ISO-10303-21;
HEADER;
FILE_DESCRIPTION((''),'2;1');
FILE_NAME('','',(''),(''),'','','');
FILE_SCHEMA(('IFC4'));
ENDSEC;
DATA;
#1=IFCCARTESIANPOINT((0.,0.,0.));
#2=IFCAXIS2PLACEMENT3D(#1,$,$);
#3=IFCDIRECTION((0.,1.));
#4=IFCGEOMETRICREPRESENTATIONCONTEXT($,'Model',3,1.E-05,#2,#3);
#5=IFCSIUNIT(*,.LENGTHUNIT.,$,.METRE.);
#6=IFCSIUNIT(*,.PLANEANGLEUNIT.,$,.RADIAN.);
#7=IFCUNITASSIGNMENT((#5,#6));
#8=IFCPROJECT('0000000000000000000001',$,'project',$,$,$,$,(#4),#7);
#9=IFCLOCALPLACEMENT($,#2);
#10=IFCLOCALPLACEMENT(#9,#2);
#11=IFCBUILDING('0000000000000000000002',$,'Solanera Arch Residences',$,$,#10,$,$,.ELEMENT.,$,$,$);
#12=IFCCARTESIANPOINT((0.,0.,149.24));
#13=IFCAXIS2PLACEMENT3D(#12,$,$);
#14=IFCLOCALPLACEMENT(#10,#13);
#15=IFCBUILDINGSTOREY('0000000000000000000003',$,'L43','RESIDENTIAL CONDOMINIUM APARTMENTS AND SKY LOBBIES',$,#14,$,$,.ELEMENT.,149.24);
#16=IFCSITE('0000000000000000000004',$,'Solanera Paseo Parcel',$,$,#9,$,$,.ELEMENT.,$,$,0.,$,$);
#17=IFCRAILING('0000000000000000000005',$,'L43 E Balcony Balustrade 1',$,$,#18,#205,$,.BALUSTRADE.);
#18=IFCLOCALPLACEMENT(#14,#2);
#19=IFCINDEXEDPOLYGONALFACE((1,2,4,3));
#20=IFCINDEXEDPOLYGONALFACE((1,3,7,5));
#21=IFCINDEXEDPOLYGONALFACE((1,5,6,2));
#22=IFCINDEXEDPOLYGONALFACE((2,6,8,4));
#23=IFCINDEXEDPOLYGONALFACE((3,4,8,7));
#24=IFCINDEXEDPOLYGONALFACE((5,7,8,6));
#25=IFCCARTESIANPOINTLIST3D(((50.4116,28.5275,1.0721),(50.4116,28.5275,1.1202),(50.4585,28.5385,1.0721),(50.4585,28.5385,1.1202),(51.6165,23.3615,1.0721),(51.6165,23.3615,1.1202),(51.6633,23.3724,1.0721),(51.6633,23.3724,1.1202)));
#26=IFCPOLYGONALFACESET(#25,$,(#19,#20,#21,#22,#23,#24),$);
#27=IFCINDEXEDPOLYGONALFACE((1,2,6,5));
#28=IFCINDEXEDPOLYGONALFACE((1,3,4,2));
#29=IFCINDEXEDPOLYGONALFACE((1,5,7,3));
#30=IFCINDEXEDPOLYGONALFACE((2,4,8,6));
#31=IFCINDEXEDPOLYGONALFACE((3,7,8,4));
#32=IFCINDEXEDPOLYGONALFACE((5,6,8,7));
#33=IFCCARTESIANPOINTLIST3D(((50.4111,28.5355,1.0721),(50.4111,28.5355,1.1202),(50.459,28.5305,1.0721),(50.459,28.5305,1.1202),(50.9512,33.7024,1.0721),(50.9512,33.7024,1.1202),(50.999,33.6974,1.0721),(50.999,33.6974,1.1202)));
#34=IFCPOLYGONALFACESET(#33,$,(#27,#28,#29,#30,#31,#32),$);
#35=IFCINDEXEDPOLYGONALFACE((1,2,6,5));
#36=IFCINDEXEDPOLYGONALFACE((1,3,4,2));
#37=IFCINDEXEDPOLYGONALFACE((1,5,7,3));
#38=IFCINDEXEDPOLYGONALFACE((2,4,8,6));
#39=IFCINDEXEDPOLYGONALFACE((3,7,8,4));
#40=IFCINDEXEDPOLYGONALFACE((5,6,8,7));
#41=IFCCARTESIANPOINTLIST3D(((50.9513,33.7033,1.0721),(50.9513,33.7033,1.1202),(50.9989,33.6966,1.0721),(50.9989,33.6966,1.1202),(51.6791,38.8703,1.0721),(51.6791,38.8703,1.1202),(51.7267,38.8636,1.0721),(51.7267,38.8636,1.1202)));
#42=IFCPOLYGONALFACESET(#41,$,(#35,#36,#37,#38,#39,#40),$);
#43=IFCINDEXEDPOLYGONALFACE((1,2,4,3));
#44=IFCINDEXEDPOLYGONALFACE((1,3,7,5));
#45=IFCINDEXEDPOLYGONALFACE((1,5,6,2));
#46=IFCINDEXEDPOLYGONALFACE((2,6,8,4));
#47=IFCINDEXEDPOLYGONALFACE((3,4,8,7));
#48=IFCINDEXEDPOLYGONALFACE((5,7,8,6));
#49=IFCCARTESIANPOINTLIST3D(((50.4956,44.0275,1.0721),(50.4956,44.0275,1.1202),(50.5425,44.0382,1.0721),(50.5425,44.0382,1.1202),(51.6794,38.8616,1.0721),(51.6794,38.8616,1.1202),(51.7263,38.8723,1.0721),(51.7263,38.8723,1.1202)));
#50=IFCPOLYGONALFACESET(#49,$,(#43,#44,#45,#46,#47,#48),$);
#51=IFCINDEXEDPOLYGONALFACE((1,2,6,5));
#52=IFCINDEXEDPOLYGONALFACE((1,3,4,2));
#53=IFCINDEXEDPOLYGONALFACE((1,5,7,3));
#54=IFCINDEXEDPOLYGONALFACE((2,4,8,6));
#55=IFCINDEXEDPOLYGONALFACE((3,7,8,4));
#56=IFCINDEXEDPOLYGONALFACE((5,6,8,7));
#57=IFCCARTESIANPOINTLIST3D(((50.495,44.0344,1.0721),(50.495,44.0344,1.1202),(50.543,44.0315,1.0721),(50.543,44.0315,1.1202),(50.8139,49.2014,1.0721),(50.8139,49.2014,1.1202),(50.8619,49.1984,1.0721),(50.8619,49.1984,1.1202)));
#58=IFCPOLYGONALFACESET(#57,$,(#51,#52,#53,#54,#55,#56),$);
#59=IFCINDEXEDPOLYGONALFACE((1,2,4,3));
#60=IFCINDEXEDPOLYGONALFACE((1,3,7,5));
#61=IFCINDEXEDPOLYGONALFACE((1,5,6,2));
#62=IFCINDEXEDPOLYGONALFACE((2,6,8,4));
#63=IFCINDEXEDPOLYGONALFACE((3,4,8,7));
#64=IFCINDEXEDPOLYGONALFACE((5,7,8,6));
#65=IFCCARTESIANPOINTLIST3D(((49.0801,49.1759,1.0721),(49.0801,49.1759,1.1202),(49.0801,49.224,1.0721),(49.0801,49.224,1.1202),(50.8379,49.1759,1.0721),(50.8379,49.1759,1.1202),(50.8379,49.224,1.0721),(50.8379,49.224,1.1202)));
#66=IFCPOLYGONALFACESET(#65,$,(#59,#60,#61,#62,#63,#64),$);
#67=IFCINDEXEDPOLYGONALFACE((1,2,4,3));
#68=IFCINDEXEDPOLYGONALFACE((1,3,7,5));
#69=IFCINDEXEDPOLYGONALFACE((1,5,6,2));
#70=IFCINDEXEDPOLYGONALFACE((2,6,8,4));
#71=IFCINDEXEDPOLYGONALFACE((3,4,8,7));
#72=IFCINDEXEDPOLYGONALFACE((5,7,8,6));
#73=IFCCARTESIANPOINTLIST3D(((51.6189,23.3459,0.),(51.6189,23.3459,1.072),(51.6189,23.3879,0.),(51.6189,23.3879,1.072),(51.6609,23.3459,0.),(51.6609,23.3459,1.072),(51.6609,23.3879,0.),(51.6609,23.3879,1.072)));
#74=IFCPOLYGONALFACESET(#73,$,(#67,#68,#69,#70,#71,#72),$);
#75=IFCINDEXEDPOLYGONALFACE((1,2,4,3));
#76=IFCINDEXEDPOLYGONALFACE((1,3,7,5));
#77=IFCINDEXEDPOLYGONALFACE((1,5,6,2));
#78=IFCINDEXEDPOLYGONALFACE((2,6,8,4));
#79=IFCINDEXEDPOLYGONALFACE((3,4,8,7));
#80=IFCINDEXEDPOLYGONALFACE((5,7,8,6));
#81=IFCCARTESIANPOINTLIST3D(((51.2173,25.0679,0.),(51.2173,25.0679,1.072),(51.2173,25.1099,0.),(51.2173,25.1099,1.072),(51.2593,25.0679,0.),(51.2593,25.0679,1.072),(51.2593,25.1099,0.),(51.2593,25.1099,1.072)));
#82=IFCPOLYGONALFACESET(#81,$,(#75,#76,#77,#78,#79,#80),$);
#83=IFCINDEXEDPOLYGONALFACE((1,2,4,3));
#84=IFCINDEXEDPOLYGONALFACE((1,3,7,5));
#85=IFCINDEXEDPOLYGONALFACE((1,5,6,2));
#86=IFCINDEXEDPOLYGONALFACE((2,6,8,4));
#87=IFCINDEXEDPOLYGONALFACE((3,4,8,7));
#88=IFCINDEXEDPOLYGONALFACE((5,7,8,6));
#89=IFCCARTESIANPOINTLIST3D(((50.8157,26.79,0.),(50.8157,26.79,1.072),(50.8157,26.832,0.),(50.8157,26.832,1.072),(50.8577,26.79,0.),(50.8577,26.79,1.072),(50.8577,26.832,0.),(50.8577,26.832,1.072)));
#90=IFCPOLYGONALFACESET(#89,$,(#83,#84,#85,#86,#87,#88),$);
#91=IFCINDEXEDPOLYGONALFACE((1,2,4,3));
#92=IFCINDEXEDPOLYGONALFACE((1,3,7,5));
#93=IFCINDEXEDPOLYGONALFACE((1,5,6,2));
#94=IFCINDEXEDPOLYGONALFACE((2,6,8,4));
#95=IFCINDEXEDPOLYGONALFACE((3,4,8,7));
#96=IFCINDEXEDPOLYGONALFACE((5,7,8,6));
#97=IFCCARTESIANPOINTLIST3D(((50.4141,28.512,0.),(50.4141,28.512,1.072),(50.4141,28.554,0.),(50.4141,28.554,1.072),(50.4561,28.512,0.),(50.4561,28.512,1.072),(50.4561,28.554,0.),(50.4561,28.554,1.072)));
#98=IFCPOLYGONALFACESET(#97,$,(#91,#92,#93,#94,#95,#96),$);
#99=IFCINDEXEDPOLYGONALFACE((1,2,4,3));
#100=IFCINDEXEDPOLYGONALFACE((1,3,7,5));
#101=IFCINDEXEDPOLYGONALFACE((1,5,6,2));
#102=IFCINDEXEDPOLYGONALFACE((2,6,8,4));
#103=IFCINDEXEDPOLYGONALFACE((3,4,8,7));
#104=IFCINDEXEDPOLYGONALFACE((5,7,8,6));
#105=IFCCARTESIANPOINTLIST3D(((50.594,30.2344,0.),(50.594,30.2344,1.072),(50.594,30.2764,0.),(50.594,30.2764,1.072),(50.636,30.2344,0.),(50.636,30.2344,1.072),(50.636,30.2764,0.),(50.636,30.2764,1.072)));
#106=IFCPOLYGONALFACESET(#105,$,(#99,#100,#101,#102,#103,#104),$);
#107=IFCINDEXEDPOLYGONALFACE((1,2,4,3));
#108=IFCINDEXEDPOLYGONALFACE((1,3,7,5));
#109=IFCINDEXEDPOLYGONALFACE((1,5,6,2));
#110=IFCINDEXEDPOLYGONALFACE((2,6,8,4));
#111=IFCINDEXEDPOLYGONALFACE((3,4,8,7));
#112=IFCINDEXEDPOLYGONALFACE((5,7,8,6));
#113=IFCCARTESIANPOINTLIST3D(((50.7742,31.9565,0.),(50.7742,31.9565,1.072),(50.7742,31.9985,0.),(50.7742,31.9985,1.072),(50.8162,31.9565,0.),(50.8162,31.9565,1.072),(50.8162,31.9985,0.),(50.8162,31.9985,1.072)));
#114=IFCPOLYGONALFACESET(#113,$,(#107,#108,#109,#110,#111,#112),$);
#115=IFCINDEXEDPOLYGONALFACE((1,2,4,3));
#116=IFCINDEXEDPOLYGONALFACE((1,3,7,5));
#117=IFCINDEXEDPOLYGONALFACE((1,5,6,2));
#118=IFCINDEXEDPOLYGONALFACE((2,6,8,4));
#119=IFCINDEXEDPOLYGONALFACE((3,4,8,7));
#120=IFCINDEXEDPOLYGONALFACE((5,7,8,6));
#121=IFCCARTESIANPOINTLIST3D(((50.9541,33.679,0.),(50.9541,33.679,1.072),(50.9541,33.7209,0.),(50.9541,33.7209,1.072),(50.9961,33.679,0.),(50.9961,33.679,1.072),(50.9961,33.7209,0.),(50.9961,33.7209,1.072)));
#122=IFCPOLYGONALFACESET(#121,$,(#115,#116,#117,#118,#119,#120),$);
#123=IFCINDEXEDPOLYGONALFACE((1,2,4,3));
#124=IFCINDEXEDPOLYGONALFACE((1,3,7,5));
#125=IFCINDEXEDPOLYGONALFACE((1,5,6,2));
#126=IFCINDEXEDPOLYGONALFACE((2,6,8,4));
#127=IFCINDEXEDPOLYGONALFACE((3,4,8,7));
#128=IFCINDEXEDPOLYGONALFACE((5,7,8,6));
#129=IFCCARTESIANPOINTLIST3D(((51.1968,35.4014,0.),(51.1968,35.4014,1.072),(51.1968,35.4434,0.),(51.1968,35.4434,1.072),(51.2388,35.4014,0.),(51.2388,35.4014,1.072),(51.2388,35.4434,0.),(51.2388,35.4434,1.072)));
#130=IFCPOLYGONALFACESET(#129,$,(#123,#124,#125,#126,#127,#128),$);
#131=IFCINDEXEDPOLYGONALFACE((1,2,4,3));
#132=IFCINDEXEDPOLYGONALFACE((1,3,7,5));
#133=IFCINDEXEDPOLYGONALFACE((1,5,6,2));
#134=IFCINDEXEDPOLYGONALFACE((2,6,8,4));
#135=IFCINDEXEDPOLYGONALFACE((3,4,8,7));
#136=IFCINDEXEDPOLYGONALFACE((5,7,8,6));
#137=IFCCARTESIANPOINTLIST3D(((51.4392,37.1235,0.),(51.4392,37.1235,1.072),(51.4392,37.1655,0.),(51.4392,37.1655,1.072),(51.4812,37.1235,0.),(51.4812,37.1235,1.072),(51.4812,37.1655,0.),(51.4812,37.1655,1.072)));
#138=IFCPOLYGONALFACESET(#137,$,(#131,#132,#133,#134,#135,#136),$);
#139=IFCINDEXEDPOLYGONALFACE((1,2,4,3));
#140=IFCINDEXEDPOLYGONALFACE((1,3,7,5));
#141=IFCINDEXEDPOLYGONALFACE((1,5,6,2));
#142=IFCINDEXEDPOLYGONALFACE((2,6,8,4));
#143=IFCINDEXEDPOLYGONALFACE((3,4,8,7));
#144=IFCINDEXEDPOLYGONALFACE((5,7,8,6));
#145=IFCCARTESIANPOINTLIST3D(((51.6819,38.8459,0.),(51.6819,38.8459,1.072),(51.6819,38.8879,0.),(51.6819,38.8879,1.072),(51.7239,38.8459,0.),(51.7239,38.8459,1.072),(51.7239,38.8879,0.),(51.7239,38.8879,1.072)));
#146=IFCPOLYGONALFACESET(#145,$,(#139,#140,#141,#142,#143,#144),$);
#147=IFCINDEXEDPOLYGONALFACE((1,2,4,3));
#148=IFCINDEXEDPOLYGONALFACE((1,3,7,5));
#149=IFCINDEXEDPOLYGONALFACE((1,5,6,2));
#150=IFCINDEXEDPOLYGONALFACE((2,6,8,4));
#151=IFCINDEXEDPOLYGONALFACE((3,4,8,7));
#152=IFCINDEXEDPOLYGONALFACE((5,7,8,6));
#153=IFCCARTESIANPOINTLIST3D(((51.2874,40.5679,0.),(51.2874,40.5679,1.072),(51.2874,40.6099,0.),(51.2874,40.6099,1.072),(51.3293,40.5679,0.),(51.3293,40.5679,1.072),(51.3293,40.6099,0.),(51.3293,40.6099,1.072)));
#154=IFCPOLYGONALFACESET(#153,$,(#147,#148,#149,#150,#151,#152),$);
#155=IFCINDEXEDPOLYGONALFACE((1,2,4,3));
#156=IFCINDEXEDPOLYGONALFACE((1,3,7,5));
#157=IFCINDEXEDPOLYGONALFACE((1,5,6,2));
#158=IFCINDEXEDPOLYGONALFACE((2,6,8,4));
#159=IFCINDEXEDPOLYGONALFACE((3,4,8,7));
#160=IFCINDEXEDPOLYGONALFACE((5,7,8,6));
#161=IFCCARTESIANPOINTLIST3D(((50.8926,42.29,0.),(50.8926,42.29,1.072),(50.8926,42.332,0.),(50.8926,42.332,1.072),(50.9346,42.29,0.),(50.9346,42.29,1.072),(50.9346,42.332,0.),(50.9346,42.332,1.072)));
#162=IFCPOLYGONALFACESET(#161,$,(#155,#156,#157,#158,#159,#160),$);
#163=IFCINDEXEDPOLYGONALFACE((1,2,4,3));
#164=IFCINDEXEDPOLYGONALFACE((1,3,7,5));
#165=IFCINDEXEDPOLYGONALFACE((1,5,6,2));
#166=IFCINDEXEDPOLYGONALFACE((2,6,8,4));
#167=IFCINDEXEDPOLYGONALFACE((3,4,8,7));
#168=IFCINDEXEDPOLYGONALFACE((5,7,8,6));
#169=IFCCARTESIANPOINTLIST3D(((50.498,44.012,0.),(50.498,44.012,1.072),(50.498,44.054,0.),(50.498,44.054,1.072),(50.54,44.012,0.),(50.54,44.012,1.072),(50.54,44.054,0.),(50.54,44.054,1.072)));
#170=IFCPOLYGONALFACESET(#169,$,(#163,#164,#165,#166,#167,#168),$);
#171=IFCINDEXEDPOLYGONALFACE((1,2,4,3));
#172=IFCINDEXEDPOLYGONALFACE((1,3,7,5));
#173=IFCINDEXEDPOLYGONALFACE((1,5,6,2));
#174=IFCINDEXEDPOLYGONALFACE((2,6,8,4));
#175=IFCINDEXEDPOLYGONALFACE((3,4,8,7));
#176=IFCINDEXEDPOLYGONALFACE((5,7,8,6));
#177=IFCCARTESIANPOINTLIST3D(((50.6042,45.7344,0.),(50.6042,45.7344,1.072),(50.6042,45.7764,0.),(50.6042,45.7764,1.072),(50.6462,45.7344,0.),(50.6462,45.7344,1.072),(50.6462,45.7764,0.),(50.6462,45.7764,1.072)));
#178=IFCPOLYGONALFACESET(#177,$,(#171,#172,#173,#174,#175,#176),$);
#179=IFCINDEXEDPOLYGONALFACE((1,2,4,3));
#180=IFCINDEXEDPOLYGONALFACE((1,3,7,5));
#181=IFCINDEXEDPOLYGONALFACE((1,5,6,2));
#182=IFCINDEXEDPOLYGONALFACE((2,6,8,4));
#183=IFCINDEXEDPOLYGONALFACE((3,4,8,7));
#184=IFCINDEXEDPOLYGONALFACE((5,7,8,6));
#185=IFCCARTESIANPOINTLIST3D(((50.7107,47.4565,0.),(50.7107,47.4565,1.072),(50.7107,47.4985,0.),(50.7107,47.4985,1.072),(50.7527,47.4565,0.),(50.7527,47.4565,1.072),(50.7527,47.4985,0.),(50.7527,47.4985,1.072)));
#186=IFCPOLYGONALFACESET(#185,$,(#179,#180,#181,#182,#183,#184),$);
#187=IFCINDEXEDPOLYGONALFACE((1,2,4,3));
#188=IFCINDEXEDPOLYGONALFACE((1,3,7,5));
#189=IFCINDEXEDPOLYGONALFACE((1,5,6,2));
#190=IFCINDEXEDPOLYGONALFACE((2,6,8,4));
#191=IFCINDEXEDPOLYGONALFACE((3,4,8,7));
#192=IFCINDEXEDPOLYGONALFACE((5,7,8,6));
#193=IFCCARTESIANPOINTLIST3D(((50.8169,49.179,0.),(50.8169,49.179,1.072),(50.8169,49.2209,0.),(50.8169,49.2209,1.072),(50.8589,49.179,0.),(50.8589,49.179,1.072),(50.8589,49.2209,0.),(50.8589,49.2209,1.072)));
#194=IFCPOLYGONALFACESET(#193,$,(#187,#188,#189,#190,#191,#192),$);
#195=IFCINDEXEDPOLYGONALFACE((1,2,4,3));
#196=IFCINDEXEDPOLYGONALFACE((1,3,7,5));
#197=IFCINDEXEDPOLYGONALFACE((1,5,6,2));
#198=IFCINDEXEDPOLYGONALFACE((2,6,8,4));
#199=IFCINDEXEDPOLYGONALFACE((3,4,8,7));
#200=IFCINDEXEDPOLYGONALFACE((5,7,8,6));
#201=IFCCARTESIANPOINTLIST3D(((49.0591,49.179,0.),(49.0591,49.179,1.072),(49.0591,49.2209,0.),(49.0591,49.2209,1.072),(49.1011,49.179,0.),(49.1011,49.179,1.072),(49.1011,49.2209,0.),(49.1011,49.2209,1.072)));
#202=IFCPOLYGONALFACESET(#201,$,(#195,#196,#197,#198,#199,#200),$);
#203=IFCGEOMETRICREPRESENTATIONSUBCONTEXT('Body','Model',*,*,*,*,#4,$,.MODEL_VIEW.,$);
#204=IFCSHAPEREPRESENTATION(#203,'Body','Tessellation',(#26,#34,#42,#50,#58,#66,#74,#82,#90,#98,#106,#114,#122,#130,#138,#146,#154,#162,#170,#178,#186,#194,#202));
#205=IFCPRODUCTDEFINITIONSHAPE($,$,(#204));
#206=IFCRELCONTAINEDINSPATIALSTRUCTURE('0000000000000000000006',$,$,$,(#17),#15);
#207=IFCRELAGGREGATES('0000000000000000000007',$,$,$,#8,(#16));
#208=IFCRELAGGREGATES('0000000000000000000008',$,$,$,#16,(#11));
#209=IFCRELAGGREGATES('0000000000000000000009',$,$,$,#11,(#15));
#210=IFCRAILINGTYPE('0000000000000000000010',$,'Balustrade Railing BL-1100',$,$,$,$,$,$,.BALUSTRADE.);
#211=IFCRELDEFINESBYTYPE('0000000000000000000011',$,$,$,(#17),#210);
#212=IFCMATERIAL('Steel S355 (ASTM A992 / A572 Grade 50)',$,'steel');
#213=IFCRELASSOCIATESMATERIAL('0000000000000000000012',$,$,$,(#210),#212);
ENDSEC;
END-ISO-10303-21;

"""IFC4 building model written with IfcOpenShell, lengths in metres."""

from ifc_helpers import new_model, si_unit, direction, frame, origin, origin_2d, place, context, subcontext, project, spatial, rectangle, extrude, material, type_object, element, save


model = new_model("IFC4")

# Units and contexts
model_context = context("Model", 3, precision=1e-05, world=origin(), true_north=direction((0.0, 1.0)))
body_context = subcontext(model_context, "Body", "Model", "MODEL_VIEW")
ifc_project = project(units=[si_unit("LENGTHUNIT", "METRE"), si_unit("PLANEANGLEUNIT", "RADIAN")], contexts=[model_context])

# Site, building, storey
site_placement = place(None, origin())
site = spatial("IfcSite", under=ifc_project, at=site_placement, Name="Solanera Paseo Parcel", CompositionType="ELEMENT", RefElevation=0.0)
building_placement = place(site_placement, origin())
building = spatial("IfcBuilding", under=site, at=building_placement, Name="Solanera Arch Residences", CompositionType="ELEMENT")
storey_placement = place(building_placement, frame((0.0, 0.0, 149.24)))
storey = spatial("IfcBuildingStorey", under=building, at=storey_placement, Name="L43", Description="RESIDENTIAL CONDOMINIUM APARTMENTS AND SKY LOBBIES", CompositionType="ELEMENT", Elevation=149.24)

# Railing
ifc_material_1 = material(Name="Steel S355 (ASTM A992 / A572 Grade 50)", Category="steel")
railing_type = type_object("IfcRailingType", Name="Balustrade Railing BL-1100", PredefinedType="BALUSTRADE", material=ifc_material_1)
railing_1_placement = place(storey_placement, frame((51.6399, 23.3669, 0.0)))
element("IfcRailing", 1, at=railing_1_placement, inside=storey, type_object=railing_type, Name="L43 E Balcony Balustrade 1", PredefinedType="BALUSTRADE", context=body_context, shape_type="SweptSolid", body=[
    extrude(rectangle(XDim=0.0481, YDim=0.0481, at=origin_2d()), frame((0.0, 0.0, 1.0962), z_axis=(-0.227128, 0.973865, 0.0), x_axis=(-0.973865, -0.227128, 0.0)), (0.0, 0.0, 1.0), 5.3047),
    extrude(rectangle(XDim=0.0481, YDim=0.0481, at=origin_2d()), frame((-1.2048, 5.166, 1.0962), z_axis=(0.103951, 0.994582, 0.0), x_axis=(-0.994582, 0.103951, 0.0)), (0.0, 0.0, 1.0), 5.1951),
    extrude(rectangle(XDim=0.0481, YDim=0.0481, at=origin_2d()), frame((-0.6648, 10.333, 1.0962), z_axis=(0.139476, 0.990226, 0.0), x_axis=(-0.990226, 0.139476, 0.0)), (0.0, 0.0, 1.0), 5.218),
    extrude(rectangle(XDim=0.0481, YDim=0.0481, at=origin_2d()), frame((0.063, 15.5, 1.0962), z_axis=(-0.223369, 0.974734, 0.0), x_axis=(-0.974734, -0.223369, 0.0)), (0.0, 0.0, 1.0), 5.2998),
    extrude(rectangle(XDim=0.0481, YDim=0.0481, at=origin_2d()), frame((-1.1208, 20.666, 1.0962), z_axis=(0.061591, 0.998101, 0.0), x_axis=(-0.998101, 0.061591, 0.0)), (0.0, 0.0, 1.0), 5.1768),
    extrude(rectangle(XDim=0.0481, YDim=0.0481, at=origin_2d()), frame((-0.802, 25.833, 1.0962), z_axis=(-1.0, 0.0, 0.0), x_axis=(0.0, -1.0, 0.0)), (0.0, 0.0, 1.0), 1.7578),
    extrude(rectangle(XDim=0.042, YDim=0.042, at=origin_2d()), origin(), (0.0, 0.0, 1.0), 1.072),
    extrude(rectangle(XDim=0.042, YDim=0.042, at=origin_2d()), frame((-0.4016, 1.7219, 0.0)), (0.0, 0.0, 1.0), 1.072),
    extrude(rectangle(XDim=0.042, YDim=0.042, at=origin_2d()), frame((-0.8032, 3.4441, 0.0)), (0.0, 0.0, 1.0), 1.072),
    extrude(rectangle(XDim=0.042, YDim=0.042, at=origin_2d()), frame((-1.2048, 5.166, 0.0)), (0.0, 0.0, 1.0), 1.072),
    extrude(rectangle(XDim=0.042, YDim=0.042, at=origin_2d()), frame((-1.0249, 6.8884, 0.0)), (0.0, 0.0, 1.0), 1.072),
    extrude(rectangle(XDim=0.042, YDim=0.042, at=origin_2d()), frame((-0.8447, 8.6106, 0.0)), (0.0, 0.0, 1.0), 1.072),
    extrude(rectangle(XDim=0.042, YDim=0.042, at=origin_2d()), frame((-0.6648, 10.333, 0.0)), (0.0, 0.0, 1.0), 1.072),
    extrude(rectangle(XDim=0.042, YDim=0.042, at=origin_2d()), frame((-0.4221, 12.0554, 0.0)), (0.0, 0.0, 1.0), 1.072),
    extrude(rectangle(XDim=0.042, YDim=0.042, at=origin_2d()), frame((-0.1797, 13.7776, 0.0)), (0.0, 0.0, 1.0), 1.072),
    extrude(rectangle(XDim=0.042, YDim=0.042, at=origin_2d()), frame((0.063, 15.5, 0.0)), (0.0, 0.0, 1.0), 1.072),
    extrude(rectangle(XDim=0.042, YDim=0.042, at=origin_2d()), frame((-0.3315, 17.2219, 0.0)), (0.0, 0.0, 1.0), 1.072),
    extrude(rectangle(XDim=0.042, YDim=0.042, at=origin_2d()), frame((-0.7263, 18.9441, 0.0)), (0.0, 0.0, 1.0), 1.072),
    extrude(rectangle(XDim=0.042, YDim=0.042, at=origin_2d()), frame((-1.1208, 20.666, 0.0)), (0.0, 0.0, 1.0), 1.072),
    extrude(rectangle(XDim=0.042, YDim=0.042, at=origin_2d()), frame((-1.0146, 22.3884, 0.0)), (0.0, 0.0, 1.0), 1.072),
    extrude(rectangle(XDim=0.042, YDim=0.042, at=origin_2d()), frame((-0.9082, 24.1106, 0.0)), (0.0, 0.0, 1.0), 1.072),
    extrude(rectangle(XDim=0.042, YDim=0.042, at=origin_2d()), frame((-0.802, 25.833, 0.0)), (0.0, 0.0, 1.0), 1.072),
    extrude(rectangle(XDim=0.042, YDim=0.042, at=origin_2d()), frame((-2.5598, 25.833, 0.0)), (0.0, 0.0, 1.0), 1.072),
])

save(model, "model.ifc")
